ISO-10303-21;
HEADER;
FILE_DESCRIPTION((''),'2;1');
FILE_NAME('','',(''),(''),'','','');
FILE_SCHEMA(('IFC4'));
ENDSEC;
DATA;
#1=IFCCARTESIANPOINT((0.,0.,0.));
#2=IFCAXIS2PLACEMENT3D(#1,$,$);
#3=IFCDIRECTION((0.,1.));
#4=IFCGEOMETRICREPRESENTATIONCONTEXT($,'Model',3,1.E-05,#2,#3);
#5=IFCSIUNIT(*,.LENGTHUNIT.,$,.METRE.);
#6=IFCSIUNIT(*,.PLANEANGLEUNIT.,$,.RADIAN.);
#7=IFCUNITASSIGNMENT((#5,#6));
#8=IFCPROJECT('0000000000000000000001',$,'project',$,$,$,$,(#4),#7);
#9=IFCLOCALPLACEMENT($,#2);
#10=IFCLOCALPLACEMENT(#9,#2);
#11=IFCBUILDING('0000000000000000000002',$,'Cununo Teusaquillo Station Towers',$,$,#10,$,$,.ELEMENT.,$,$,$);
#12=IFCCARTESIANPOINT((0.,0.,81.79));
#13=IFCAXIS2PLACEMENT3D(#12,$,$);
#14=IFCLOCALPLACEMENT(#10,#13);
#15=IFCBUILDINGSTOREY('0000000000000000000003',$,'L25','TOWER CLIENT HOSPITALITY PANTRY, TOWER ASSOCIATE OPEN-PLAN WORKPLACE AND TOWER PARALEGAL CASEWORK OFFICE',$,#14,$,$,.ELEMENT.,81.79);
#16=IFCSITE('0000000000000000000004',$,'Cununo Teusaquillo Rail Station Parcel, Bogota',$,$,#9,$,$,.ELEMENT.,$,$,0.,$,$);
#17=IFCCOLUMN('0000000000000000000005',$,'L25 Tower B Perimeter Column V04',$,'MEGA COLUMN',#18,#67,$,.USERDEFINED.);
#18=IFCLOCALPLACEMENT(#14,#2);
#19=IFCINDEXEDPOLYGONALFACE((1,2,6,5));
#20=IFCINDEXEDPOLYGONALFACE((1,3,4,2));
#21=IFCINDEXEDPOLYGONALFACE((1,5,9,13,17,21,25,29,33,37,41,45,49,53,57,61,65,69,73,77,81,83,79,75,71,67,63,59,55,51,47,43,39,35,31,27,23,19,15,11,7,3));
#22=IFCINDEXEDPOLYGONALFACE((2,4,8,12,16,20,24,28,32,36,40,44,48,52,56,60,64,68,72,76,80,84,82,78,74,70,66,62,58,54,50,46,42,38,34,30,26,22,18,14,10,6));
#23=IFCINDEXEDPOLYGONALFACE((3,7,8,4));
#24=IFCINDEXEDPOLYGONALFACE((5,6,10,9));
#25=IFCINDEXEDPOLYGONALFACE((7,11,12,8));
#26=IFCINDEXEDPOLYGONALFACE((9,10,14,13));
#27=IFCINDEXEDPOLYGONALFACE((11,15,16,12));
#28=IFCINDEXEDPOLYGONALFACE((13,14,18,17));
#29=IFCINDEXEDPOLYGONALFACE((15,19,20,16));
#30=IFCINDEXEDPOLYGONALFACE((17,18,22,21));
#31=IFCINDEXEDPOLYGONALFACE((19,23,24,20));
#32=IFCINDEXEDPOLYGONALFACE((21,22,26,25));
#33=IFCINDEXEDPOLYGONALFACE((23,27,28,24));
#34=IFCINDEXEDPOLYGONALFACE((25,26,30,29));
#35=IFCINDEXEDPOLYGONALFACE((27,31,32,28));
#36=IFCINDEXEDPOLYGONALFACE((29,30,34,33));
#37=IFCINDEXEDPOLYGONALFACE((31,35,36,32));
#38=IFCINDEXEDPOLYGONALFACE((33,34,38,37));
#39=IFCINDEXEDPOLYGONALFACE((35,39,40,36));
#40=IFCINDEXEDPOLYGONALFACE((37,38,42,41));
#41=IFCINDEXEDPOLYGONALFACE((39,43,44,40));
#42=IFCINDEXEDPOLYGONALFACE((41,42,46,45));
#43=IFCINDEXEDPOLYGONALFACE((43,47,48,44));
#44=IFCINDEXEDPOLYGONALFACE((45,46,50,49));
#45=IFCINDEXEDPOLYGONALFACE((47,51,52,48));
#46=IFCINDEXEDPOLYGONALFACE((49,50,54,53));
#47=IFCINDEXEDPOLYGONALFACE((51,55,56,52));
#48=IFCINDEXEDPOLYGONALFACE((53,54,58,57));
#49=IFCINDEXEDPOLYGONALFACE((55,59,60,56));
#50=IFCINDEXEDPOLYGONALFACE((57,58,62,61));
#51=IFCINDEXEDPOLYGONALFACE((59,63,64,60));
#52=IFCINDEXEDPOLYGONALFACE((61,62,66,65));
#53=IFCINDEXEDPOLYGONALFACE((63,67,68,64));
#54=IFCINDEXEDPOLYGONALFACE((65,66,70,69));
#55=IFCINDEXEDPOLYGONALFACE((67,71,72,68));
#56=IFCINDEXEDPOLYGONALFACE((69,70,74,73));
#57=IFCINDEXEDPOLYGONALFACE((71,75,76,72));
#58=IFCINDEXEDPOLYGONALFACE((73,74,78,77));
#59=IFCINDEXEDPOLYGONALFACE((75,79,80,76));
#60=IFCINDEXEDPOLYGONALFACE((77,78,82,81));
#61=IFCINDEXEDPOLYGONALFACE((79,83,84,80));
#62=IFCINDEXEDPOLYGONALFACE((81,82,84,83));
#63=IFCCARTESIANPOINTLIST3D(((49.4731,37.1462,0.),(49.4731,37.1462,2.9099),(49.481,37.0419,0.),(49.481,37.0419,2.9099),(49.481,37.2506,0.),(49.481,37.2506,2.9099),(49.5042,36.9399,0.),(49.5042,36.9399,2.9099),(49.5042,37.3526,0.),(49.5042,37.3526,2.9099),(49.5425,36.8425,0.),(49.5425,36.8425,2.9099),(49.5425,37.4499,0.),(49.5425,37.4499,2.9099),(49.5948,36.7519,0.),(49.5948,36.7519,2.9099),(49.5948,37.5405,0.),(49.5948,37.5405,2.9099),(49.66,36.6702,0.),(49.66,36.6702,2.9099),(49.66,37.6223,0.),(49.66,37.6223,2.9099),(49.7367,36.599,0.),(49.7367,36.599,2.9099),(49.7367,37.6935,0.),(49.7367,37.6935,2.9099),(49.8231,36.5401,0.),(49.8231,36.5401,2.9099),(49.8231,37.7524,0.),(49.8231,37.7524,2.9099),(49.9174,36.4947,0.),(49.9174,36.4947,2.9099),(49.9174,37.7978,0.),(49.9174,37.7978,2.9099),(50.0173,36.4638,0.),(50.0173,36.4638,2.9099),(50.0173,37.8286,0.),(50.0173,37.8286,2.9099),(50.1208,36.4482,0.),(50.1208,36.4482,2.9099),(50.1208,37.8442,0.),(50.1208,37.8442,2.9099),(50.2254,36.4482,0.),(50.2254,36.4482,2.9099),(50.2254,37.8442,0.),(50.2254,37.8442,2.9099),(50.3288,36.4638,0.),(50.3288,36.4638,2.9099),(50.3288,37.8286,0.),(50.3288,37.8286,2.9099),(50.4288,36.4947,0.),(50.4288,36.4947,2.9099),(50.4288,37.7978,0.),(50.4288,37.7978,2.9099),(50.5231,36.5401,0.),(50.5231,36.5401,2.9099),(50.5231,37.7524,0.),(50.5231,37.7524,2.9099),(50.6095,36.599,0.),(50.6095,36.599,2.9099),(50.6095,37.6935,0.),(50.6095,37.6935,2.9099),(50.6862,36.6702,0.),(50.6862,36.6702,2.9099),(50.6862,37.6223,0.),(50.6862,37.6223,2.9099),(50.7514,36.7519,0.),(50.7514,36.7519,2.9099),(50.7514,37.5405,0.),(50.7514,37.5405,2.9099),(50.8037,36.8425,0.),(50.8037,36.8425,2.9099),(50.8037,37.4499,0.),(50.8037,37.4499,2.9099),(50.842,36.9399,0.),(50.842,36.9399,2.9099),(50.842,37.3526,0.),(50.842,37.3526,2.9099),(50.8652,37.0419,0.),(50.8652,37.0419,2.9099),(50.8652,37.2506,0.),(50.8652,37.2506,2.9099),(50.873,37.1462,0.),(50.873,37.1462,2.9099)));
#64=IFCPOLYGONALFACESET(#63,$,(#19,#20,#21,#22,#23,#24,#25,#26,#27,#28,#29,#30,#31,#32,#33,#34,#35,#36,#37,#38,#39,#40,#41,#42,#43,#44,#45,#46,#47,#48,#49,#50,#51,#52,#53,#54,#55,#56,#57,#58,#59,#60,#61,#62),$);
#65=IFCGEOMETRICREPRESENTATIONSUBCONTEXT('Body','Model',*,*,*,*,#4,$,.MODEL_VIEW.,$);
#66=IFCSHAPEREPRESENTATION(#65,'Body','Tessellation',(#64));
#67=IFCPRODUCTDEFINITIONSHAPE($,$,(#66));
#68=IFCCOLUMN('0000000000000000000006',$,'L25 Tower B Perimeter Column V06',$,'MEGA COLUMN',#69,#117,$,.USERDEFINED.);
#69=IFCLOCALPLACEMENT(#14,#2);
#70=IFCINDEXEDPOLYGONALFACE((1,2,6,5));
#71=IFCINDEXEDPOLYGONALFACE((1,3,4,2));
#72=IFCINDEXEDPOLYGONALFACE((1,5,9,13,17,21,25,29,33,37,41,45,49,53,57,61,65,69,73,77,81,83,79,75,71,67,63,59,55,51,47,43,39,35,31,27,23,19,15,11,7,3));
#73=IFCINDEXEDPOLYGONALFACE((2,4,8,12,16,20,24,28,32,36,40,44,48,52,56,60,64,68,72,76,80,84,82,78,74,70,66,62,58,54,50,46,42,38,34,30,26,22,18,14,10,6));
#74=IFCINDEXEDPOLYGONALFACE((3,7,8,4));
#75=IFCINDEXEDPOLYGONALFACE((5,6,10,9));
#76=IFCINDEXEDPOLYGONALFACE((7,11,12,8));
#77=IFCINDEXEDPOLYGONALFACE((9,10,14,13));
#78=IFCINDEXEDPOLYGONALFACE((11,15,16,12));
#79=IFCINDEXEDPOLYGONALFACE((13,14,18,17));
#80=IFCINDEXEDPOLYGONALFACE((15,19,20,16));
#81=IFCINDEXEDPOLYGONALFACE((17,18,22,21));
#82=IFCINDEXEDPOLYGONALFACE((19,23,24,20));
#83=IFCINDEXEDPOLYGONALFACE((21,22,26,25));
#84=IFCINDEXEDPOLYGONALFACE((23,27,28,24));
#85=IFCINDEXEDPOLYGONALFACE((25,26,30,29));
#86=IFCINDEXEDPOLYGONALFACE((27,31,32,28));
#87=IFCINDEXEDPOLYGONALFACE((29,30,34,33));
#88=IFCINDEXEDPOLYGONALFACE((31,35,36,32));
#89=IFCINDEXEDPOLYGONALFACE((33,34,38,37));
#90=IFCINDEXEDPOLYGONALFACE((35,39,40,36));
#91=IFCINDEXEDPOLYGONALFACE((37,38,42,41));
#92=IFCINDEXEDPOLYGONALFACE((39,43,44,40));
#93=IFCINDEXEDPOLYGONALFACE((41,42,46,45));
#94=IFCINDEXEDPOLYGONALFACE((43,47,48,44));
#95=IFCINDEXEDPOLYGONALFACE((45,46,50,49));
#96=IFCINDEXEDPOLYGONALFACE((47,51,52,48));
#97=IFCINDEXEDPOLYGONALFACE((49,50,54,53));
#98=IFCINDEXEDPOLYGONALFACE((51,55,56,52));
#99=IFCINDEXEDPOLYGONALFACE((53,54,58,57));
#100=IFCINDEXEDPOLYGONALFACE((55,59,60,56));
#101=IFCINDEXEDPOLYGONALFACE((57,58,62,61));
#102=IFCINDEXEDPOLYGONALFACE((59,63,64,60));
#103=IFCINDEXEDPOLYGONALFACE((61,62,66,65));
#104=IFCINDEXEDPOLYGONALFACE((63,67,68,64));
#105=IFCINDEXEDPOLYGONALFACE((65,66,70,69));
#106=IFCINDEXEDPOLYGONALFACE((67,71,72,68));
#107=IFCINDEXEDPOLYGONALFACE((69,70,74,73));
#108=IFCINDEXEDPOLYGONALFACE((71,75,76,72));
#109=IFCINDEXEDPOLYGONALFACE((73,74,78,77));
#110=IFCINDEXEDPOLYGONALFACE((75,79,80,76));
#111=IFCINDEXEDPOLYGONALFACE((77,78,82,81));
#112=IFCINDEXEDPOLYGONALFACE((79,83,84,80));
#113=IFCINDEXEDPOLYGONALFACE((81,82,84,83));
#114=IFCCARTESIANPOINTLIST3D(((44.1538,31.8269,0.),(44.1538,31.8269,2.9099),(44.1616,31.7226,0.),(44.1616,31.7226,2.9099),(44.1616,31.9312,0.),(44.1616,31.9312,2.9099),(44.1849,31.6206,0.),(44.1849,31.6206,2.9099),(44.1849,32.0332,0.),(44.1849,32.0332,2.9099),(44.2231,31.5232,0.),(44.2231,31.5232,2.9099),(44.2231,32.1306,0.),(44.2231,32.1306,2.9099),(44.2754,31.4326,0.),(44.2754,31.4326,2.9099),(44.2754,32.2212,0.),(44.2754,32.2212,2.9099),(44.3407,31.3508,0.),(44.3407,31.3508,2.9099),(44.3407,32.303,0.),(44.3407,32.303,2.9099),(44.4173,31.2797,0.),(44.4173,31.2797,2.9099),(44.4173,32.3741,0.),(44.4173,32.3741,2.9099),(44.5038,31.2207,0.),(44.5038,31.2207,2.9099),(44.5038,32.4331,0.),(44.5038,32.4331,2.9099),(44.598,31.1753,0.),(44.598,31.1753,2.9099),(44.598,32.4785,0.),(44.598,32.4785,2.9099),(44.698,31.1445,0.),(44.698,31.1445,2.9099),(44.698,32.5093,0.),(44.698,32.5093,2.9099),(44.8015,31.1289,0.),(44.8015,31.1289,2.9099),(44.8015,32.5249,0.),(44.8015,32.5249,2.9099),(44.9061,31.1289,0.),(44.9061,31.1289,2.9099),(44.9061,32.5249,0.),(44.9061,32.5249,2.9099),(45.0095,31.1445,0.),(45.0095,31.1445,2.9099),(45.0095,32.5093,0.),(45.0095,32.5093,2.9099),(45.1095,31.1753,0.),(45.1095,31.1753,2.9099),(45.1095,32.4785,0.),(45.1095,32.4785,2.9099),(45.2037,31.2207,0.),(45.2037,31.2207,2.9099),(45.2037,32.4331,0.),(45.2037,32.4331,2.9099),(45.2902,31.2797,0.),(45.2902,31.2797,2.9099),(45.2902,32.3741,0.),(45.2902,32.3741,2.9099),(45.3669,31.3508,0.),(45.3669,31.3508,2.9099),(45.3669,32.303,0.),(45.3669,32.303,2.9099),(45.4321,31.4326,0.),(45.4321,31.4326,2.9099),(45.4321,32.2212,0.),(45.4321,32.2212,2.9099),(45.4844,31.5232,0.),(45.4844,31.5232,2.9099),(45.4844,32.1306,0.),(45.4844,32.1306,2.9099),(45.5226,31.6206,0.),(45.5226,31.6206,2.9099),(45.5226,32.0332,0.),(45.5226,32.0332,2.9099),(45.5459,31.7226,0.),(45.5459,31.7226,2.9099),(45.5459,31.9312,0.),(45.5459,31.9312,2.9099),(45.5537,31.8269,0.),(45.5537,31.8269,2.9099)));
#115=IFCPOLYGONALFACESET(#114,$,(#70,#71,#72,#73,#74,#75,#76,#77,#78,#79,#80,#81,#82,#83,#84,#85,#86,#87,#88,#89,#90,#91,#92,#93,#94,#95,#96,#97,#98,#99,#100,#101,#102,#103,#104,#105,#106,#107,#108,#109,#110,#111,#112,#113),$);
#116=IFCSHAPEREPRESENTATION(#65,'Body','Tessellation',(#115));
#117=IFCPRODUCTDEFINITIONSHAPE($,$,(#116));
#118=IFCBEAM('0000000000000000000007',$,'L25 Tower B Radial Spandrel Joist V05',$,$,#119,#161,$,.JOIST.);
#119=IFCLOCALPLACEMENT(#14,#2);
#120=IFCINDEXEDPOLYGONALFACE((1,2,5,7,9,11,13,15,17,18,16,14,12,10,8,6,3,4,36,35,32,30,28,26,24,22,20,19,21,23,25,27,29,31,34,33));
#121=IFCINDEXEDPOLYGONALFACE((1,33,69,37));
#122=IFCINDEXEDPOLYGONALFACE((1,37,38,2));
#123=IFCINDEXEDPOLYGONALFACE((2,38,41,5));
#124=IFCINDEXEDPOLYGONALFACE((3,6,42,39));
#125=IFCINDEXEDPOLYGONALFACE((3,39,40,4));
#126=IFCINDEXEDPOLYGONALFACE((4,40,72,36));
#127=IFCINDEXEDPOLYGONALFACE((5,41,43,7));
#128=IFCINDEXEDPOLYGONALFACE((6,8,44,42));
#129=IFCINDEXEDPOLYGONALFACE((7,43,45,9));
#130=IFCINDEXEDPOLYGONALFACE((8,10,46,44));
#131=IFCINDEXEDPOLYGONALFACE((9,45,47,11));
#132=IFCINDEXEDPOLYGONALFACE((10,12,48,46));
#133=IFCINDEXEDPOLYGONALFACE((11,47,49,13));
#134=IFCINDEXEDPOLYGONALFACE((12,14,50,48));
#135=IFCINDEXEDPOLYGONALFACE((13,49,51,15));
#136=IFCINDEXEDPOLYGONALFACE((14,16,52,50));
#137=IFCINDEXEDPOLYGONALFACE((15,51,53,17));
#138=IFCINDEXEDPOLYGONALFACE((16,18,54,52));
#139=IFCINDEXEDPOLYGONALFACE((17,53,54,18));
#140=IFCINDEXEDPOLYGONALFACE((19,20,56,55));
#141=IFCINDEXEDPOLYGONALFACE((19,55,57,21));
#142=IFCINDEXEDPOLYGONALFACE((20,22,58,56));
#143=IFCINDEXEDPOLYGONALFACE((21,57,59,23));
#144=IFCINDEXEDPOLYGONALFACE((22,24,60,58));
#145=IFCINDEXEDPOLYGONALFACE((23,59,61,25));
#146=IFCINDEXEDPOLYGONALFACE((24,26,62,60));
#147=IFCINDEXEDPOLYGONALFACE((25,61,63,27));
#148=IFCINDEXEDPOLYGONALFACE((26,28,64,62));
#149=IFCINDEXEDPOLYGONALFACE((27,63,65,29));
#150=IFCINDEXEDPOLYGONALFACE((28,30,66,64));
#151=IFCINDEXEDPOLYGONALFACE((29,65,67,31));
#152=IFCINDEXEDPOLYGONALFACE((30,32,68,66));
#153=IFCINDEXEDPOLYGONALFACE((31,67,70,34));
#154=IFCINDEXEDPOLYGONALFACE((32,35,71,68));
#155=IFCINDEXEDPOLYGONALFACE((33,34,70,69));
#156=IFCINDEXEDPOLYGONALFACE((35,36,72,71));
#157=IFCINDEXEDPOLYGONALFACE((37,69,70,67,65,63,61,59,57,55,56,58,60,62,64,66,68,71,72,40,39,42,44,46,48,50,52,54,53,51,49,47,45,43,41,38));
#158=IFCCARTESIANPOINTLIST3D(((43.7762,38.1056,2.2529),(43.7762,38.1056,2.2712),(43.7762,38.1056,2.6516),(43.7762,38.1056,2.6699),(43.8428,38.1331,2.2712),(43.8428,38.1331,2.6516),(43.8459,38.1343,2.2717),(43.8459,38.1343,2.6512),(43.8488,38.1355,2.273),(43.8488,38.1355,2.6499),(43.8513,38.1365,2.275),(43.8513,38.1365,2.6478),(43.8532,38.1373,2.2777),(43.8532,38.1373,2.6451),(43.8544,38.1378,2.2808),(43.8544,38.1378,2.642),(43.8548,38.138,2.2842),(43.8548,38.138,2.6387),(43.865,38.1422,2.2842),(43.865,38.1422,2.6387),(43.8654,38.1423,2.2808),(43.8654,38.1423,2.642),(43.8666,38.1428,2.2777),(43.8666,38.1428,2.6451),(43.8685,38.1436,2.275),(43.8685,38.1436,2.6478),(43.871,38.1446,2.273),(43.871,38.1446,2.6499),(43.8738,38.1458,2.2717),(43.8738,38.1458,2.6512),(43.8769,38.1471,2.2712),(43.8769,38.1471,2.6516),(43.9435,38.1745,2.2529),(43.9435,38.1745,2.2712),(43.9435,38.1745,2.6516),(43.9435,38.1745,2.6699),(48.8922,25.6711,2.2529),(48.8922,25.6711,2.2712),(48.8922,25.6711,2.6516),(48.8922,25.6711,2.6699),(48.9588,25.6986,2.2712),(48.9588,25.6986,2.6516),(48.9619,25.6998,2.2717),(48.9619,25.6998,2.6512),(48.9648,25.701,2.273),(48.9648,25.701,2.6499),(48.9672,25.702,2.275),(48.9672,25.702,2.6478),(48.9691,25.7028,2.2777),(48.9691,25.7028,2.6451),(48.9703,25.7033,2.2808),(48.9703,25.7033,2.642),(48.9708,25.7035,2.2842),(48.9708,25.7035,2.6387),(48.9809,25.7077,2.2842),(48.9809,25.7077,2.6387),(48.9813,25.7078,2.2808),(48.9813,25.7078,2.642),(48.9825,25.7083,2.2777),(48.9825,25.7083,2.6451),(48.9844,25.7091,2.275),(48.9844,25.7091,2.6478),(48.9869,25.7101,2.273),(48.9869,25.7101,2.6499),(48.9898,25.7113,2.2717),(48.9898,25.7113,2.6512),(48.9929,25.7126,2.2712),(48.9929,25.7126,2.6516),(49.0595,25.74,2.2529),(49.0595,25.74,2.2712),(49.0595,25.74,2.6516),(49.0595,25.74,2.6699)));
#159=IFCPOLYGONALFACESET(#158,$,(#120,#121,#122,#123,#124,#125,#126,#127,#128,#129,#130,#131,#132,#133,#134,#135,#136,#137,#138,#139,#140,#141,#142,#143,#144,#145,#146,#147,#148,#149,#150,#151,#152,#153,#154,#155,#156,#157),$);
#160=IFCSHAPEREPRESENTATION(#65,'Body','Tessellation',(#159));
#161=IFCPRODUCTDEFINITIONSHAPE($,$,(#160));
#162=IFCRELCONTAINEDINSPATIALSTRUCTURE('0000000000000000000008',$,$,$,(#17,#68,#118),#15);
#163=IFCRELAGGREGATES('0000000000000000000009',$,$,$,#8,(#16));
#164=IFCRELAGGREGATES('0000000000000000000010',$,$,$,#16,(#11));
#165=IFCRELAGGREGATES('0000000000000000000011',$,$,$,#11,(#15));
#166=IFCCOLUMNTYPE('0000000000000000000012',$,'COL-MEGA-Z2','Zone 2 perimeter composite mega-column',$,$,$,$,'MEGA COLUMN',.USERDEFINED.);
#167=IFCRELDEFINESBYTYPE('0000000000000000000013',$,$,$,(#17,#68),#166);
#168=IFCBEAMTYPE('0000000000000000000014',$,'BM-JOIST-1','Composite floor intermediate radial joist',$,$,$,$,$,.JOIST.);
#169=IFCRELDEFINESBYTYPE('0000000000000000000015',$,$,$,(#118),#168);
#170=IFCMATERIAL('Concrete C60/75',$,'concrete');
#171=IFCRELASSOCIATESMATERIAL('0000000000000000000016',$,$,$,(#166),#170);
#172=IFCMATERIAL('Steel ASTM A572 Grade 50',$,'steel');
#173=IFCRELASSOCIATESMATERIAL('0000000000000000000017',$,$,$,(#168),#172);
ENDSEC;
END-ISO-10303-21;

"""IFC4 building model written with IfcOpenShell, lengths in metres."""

from ifc_helpers import new_model, si_unit, direction, frame, origin, origin_2d, place, context, subcontext, project, spatial, circle, i_section, extrude, material, material_profile, profile_set, type_object, element, save


model = new_model("IFC4")

# Units and contexts
model_context = context("Model", 3, precision=1e-05, world=origin(), true_north=direction((0.0, 1.0)))
body_context = subcontext(model_context, "Body", "Model", "MODEL_VIEW")
ifc_project = project(units=[si_unit("LENGTHUNIT", "METRE"), si_unit("PLANEANGLEUNIT", "RADIAN")], contexts=[model_context])

# Site, building, storey
site_placement = place(None, origin())
site = spatial("IfcSite", under=ifc_project, at=site_placement, Name="Cununo Teusaquillo Rail Station Parcel, Bogota", CompositionType="ELEMENT", RefElevation=0.0)
building_placement = place(site_placement, origin())
building = spatial("IfcBuilding", under=site, at=building_placement, Name="Cununo Teusaquillo Station Towers", CompositionType="ELEMENT")
storey_placement = place(building_placement, frame((0.0, 0.0, 81.79)))
storey = spatial("IfcBuildingStorey", under=building, at=storey_placement, Name="L25", Description="TOWER CLIENT HOSPITALITY PANTRY, TOWER ASSOCIATE OPEN-PLAN WORKPLACE AND TOWER PARALEGAL CASEWORK OFFICE", CompositionType="ELEMENT", Elevation=81.79)

# Columns
ifc_material_1 = material(Name="Concrete C60/75", Category="concrete")
ifc_material_profile_1 = material_profile(ifc_material_1, circle(Radius=0.7, at=origin_2d()), Name="RC-CIRC-1400")
ifc_profile_set_1 = profile_set([ifc_material_profile_1], Name="Concrete C60/75")
column_type = type_object("IfcColumnType", Name="COL-MEGA-Z2", Description="Zone 2 perimeter composite mega-column", ElementType="MEGA COLUMN", PredefinedType="USERDEFINED", material=ifc_profile_set_1)
for number, where, z_axis, x_axis, name in (
    (1, (50.1731, 37.1462, 0.0), (0.0, 0.0, 1.0), (1.0, 0.0, 0.0), "L25 Tower B Perimeter Column V04"),
    (2, (44.8538, 31.8269, 0.0), (0.0, 0.0, 1.0), (1.0, 0.0, 0.0), "L25 Tower B Perimeter Column V06"),
):
    element("IfcColumn", number, at=place(storey_placement, frame(where, z_axis=z_axis, x_axis=x_axis)), inside=storey, type_object=column_type, Name=name, ObjectType="MEGA COLUMN", PredefinedType="USERDEFINED", context=body_context, shape_type="SweptSolid", body=[
        extrude(circle(Radius=0.7, at=origin_2d()), origin(), (0.0, 0.0, 1.0), 2.9099),
    ])

# Beam
ifc_material_2 = material(Name="Steel ASTM A572 Grade 50", Category="steel")
ifc_material_profile_2 = material_profile(ifc_material_2, i_section(OverallWidth=0.1809, OverallDepth=0.417, WebThickness=0.011, FlangeThickness=0.0183, FilletRadius=0.0129, at=origin_2d()), Name="W16X57")
ifc_profile_set_2 = profile_set([ifc_material_profile_2], Name="Steel ASTM A572 Grade 50")
beam_type_1 = type_object("IfcBeamType", Name="BM-JOIST-1", Description="Composite floor intermediate radial joist", PredefinedType="JOIST", material=ifc_profile_set_2)
beam_1_placement = place(storey_placement, frame((48.9758, 25.7056, 2.4614), z_axis=(-0.380486, 0.924787, 0.0), x_axis=(-0.924787, -0.380486, 0.0)))
element("IfcBeam", 3, at=beam_1_placement, inside=storey, type_object=beam_type_1, Name="L25 Tower B Radial Spandrel Joist V05", PredefinedType="JOIST", context=body_context, shape_type="SweptSolid", body=[
    extrude(i_section(OverallWidth=0.1809, OverallDepth=0.417, WebThickness=0.011, FlangeThickness=0.0183, FilletRadius=0.0129, at=origin_2d()), origin(), (0.0, 0.0, 1.0), 13.4458),
])

save(model, "model.ifc")
